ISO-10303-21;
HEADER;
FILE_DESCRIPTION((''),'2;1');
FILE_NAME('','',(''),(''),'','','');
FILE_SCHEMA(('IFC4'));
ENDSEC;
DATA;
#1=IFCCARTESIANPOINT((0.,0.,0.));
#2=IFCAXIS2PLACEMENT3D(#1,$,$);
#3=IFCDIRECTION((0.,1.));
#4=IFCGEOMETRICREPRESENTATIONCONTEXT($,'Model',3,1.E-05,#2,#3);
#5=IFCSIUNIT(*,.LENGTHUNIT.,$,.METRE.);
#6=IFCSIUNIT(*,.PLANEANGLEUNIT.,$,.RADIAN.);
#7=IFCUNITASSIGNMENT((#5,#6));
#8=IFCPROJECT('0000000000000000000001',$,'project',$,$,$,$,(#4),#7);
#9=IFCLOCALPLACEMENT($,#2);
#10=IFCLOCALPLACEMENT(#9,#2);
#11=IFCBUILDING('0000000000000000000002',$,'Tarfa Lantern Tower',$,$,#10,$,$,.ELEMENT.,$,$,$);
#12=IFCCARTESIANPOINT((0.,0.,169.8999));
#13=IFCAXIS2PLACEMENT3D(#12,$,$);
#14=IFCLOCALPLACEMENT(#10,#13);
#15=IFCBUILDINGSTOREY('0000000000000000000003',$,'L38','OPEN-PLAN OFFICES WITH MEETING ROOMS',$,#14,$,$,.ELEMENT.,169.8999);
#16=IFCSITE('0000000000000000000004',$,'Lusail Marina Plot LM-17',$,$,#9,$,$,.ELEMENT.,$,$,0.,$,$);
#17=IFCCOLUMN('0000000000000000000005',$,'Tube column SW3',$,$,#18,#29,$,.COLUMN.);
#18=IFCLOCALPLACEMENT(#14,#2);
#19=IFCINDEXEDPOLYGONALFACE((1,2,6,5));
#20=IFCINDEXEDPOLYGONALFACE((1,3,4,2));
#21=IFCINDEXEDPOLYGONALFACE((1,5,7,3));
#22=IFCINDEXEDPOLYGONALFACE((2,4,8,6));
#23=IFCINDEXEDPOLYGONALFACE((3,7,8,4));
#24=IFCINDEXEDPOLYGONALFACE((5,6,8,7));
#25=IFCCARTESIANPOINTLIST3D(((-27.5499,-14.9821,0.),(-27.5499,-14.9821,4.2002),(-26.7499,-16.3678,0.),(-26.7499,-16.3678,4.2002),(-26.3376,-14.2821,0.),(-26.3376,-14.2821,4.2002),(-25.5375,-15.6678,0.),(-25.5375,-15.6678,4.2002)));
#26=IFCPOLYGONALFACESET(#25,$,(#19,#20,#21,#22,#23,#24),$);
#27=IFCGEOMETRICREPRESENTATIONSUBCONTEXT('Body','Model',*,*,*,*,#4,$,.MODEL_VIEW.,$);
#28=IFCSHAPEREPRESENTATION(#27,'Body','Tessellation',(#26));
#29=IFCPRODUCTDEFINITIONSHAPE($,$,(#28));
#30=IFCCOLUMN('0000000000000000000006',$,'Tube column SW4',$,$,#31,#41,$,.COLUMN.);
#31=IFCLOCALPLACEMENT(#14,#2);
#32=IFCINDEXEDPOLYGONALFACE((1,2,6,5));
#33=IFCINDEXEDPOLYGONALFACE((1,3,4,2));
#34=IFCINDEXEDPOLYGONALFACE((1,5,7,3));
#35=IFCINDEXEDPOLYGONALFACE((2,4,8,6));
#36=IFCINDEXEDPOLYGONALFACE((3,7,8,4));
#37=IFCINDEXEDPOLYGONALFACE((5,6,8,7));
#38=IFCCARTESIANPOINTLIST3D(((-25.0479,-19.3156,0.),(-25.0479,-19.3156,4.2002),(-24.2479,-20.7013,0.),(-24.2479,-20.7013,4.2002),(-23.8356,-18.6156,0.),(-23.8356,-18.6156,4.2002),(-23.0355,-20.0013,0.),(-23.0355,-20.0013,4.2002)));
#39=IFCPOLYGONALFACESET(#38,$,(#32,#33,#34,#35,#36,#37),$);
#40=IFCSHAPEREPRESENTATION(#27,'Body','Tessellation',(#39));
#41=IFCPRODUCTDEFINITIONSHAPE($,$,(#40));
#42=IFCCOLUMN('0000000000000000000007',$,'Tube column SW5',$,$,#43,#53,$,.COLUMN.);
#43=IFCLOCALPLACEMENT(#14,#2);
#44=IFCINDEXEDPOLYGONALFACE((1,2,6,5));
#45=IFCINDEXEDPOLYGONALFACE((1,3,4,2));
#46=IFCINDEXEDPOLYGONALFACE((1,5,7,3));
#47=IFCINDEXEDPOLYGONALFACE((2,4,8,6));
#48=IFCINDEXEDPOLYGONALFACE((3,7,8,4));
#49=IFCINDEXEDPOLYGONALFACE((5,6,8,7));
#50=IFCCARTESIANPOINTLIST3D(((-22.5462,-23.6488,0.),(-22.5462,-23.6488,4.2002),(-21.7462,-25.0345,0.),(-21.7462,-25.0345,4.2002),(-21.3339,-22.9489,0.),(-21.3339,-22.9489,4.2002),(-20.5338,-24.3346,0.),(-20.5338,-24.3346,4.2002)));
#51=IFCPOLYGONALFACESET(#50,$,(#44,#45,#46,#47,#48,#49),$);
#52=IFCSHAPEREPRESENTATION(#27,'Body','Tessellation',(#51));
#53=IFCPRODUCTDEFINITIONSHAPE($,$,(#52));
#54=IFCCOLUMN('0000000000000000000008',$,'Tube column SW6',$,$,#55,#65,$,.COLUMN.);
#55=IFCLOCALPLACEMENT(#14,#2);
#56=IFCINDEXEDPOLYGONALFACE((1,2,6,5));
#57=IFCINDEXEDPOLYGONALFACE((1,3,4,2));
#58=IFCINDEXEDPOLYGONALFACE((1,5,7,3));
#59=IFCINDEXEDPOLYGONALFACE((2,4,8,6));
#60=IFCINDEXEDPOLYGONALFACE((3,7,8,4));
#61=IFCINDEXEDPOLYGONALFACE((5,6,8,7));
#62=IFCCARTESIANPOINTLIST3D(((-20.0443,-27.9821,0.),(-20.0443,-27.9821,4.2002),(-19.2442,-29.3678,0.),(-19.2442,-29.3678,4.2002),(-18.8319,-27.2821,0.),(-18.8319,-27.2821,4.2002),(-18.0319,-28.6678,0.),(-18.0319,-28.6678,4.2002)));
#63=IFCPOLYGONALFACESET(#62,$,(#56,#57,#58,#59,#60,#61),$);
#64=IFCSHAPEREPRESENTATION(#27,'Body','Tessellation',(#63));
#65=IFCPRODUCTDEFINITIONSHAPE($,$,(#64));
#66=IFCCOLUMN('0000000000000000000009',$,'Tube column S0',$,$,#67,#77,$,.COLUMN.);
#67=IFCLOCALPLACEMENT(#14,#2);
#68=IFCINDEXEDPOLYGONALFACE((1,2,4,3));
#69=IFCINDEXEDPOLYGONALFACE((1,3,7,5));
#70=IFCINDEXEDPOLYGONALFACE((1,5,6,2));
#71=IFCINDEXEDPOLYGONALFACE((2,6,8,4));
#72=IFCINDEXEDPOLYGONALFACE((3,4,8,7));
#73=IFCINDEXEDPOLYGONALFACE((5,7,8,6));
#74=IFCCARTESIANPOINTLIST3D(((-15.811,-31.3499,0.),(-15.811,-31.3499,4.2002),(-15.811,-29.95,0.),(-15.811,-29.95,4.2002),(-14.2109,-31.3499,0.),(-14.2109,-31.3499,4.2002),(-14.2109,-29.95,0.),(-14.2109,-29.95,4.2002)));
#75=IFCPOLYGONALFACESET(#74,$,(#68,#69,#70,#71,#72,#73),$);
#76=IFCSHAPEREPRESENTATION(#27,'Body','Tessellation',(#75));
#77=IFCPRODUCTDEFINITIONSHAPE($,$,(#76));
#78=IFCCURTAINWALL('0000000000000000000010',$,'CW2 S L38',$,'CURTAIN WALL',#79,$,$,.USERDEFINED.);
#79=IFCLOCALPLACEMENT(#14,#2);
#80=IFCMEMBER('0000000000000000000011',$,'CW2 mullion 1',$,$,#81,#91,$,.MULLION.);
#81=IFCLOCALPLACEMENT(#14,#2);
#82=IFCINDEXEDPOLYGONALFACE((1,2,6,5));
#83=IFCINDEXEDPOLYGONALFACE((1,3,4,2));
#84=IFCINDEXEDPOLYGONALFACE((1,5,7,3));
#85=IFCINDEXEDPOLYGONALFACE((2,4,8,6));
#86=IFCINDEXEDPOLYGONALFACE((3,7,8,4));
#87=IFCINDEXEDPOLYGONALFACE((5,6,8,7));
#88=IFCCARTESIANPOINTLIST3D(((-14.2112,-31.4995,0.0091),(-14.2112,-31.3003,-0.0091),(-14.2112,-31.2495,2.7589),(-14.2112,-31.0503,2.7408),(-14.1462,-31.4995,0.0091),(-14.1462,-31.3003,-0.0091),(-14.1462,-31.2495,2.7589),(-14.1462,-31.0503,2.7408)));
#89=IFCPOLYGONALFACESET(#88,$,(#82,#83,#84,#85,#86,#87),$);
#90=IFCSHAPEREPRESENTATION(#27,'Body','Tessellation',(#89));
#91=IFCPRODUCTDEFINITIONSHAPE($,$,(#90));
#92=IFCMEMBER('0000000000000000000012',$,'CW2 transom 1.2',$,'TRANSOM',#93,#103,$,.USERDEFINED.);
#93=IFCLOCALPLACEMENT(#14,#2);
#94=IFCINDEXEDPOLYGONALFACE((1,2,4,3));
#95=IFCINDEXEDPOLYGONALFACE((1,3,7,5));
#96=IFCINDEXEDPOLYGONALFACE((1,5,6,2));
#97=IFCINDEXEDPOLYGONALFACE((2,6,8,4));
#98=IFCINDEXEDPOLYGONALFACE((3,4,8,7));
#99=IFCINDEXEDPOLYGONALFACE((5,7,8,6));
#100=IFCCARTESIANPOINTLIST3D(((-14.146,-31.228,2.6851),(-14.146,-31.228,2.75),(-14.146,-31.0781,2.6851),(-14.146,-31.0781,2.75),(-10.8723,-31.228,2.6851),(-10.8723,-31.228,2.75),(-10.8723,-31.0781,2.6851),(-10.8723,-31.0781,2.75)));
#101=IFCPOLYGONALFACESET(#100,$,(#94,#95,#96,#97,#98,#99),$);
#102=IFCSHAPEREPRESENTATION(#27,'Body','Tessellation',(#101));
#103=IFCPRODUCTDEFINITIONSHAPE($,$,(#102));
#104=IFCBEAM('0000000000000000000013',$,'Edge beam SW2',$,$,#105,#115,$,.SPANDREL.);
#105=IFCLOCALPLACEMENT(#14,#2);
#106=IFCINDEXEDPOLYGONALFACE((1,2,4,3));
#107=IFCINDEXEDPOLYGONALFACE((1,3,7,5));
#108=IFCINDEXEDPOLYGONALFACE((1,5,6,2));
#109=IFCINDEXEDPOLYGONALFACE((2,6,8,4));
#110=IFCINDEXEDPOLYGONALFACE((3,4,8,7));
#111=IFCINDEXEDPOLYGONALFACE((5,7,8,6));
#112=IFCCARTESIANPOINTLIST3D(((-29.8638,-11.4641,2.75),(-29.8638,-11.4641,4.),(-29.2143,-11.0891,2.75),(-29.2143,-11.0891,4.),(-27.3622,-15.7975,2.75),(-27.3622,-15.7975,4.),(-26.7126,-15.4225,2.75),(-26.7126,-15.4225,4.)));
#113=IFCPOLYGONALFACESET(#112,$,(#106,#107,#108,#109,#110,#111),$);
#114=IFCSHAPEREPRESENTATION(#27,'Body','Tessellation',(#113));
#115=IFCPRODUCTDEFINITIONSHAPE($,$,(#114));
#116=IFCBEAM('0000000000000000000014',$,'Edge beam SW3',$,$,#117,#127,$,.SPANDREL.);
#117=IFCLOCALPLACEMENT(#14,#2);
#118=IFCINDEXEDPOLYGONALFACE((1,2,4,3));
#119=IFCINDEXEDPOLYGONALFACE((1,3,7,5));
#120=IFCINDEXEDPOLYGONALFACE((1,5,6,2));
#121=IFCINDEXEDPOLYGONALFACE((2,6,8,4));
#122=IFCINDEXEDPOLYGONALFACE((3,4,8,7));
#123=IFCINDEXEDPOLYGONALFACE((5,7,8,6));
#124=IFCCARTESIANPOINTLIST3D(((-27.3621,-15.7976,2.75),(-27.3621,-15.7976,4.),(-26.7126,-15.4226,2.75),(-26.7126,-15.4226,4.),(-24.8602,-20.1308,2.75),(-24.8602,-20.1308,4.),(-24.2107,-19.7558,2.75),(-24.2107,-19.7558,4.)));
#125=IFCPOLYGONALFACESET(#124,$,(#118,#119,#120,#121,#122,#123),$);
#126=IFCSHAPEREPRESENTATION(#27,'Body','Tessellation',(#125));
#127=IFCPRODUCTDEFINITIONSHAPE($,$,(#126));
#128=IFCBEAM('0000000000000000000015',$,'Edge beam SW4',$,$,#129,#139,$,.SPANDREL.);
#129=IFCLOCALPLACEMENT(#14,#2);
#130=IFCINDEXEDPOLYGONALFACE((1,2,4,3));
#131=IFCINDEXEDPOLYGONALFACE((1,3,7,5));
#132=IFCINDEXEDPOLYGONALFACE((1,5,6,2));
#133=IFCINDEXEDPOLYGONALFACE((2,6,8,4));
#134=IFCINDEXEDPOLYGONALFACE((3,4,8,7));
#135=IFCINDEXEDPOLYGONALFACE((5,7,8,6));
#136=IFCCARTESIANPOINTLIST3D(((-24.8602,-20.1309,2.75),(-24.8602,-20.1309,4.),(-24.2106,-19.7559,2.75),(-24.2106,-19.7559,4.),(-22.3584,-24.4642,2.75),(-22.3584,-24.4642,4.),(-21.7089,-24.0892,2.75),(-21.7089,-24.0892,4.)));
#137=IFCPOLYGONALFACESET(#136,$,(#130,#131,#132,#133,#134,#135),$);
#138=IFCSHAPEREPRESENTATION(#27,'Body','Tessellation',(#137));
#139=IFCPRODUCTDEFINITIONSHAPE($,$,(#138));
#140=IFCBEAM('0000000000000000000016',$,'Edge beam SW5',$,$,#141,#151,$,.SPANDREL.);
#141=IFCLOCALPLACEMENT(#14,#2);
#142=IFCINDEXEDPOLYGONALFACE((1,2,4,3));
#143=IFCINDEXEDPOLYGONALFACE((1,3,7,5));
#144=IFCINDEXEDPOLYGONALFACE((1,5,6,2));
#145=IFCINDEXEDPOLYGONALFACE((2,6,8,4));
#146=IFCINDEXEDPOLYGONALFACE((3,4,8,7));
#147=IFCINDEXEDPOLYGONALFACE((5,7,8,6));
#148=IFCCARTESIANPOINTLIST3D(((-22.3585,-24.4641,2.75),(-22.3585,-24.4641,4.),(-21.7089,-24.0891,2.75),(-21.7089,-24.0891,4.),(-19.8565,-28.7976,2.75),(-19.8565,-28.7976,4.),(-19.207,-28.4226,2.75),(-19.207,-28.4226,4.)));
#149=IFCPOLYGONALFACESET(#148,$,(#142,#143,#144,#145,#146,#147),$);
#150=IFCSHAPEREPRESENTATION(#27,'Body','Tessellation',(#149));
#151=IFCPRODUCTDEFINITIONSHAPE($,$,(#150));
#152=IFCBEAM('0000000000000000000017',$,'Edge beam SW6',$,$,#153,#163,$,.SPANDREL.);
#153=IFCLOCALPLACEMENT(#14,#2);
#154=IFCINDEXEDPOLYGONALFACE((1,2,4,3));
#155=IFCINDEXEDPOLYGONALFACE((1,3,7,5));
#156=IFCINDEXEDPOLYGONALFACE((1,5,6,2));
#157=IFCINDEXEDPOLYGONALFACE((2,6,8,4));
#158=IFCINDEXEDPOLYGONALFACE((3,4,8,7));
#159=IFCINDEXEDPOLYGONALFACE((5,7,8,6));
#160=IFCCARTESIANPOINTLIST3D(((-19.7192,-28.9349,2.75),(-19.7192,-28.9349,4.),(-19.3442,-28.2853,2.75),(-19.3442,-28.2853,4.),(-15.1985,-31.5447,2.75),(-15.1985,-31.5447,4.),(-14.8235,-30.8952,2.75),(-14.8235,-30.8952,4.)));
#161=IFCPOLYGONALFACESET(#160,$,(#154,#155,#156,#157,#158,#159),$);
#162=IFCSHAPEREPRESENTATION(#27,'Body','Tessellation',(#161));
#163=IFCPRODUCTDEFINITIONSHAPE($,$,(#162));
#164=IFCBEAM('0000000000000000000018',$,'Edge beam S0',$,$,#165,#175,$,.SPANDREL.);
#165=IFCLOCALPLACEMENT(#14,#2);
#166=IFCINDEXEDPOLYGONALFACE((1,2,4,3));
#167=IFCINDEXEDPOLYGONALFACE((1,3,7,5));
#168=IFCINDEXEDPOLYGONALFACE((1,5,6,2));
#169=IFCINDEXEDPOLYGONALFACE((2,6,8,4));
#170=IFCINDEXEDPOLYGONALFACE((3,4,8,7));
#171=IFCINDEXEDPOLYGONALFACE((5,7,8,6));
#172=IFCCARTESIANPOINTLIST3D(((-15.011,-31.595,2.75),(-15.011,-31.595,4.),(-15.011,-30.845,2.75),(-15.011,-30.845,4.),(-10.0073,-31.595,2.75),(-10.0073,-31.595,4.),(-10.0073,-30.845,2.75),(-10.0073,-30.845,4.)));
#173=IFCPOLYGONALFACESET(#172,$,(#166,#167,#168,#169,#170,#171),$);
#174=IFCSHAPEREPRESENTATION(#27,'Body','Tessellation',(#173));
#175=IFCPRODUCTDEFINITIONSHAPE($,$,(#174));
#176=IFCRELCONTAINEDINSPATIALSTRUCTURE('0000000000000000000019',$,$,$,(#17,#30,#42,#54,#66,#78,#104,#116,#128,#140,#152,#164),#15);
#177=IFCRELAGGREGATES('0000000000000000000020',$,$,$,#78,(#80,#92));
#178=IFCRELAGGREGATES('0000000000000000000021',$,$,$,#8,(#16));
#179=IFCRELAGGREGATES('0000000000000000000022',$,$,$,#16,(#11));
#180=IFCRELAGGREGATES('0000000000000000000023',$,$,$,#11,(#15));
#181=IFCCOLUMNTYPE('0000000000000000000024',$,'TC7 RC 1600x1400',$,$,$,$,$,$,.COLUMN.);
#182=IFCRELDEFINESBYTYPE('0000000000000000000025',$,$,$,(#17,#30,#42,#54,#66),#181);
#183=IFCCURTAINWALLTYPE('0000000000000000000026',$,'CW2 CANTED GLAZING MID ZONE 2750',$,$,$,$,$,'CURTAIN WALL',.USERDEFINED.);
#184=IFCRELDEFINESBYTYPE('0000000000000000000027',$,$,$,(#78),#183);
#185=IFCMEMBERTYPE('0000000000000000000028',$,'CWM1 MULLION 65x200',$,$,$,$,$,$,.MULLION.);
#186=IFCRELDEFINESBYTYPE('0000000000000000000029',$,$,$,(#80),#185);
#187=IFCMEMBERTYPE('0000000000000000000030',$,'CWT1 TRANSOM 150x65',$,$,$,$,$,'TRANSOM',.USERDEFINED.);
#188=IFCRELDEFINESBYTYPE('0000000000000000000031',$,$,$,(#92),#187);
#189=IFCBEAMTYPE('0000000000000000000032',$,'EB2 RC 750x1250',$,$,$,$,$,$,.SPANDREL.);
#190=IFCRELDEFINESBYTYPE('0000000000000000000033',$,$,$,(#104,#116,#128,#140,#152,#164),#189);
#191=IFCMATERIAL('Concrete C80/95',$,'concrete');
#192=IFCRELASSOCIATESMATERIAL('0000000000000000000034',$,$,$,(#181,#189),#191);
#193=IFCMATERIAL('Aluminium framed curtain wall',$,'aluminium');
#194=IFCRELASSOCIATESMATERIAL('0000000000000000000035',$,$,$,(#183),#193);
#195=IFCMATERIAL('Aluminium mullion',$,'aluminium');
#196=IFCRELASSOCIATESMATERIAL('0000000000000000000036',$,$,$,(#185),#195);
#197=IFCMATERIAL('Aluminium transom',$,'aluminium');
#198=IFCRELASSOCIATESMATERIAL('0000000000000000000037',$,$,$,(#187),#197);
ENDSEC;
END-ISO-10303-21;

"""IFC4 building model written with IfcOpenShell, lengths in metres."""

from ifc_helpers import new_model, si_unit, direction, frame, origin, origin_2d, place, context, subcontext, project, spatial, rectangle, extrude, material, material_profile, profile_set, type_object, element, aggregate, save


model = new_model("IFC4")

# Units and contexts
model_context = context("Model", 3, precision=1e-05, world=origin(), true_north=direction((0.0, 1.0)))
body_context = subcontext(model_context, "Body", "Model", "MODEL_VIEW")
ifc_project = project(units=[si_unit("LENGTHUNIT", "METRE"), si_unit("PLANEANGLEUNIT", "RADIAN")], contexts=[model_context])

# Site, building, storey
site_placement = place(None, origin())
site = spatial("IfcSite", under=ifc_project, at=site_placement, Name="Lusail Marina Plot LM-17", CompositionType="ELEMENT", RefElevation=0.0)
building_placement = place(site_placement, origin())
building = spatial("IfcBuilding", under=site, at=building_placement, Name="Tarfa Lantern Tower", CompositionType="ELEMENT")
storey_placement = place(building_placement, frame((0.0, 0.0, 169.8999)))
storey = spatial("IfcBuildingStorey", under=building, at=storey_placement, Name="L38", Description="OPEN-PLAN OFFICES WITH MEETING ROOMS", CompositionType="ELEMENT", Elevation=169.8999)

# Columns
ifc_material_1 = material(Name="Concrete C80/95", Category="concrete")
ifc_material_profile_1 = material_profile(ifc_material_1, rectangle(XDim=1.6001, YDim=1.3999, at=origin_2d()), Name="RC 1600x1400")
ifc_profile_set_1 = profile_set([ifc_material_profile_1], Name="Concrete C80/95")
column_type = type_object("IfcColumnType", Name="TC7 RC 1600x1400", PredefinedType="COLUMN", material=ifc_profile_set_1)
for number, where, z_axis, x_axis, name in (
    (1, (-26.5437, -15.325, 0.0), (0.0, 0.0, 1.0), (0.5, -0.866025, 0.0), "Tube column SW3"),
    (2, (-24.0417, -19.6584, 0.0), (0.0, 0.0, 1.0), (0.5, -0.866025, 0.0), "Tube column SW4"),
    (3, (-21.54, -23.9917, 0.0), (0.0, 0.0, 1.0), (0.5, -0.866025, 0.0), "Tube column SW5"),
    (4, (-19.0381, -28.325, 0.0), (0.0, 0.0, 1.0), (0.5, -0.866025, 0.0), "Tube column SW6"),
    (5, (-15.011, -30.6499, 0.0), (0.0, 0.0, 1.0), (1.0, 0.0, 0.0), "Tube column S0"),
):
    element("IfcColumn", number, at=place(storey_placement, frame(where, z_axis=z_axis, x_axis=x_axis)), inside=storey, type_object=column_type, Name=name, PredefinedType="COLUMN", context=body_context, shape_type="SweptSolid", body=[
        extrude(rectangle(XDim=1.6001, YDim=1.3999, at=origin_2d()), origin(), (0.0, 0.0, 1.0), 4.2002),
    ])

# Curtain wall, members
ifc_material_2 = material(Name="Aluminium framed curtain wall", Category="aluminium")
curtain_wall_type = type_object("IfcCurtainWallType", Name="CW2 CANTED GLAZING MID ZONE 2750", ElementType="CURTAIN WALL", PredefinedType="USERDEFINED", material=ifc_material_2)
curtain_wall_placement = place(storey_placement, origin())
curtain_wall = element("IfcCurtainWall", 6, at=curtain_wall_placement, inside=storey, type_object=curtain_wall_type, Name="CW2 S L38", ObjectType="CURTAIN WALL", PredefinedType="USERDEFINED")
ifc_material_3 = material(Name="Aluminium mullion", Category="aluminium")
ifc_material_profile_2 = material_profile(ifc_material_3, rectangle(XDim=0.0649, YDim=0.2, at=origin_2d()), Name="AL MULLION 65x200")
ifc_profile_set_2 = profile_set([ifc_material_profile_2], Name="Aluminium mullion")
member_type_1 = type_object("IfcMemberType", Name="CWM1 MULLION 65x200", PredefinedType="MULLION", material=ifc_profile_set_2)
member_1_placement = place(storey_placement, frame((-14.1787, -31.3999, 0.0), z_axis=(0.0, 0.090536, 0.995893), x_axis=(-1.0, 0.0, 0.0)))
member_1 = element("IfcMember", 7, at=member_1_placement, type_object=member_type_1, Name="CW2 mullion 1", PredefinedType="MULLION", context=body_context, shape_type="SweptSolid", body=[
    extrude(rectangle(XDim=0.0649, YDim=0.2, at=origin_2d()), origin(), (0.0, 0.0, 1.0), 2.7612),
])
ifc_material_4 = material(Name="Aluminium transom", Category="aluminium")
ifc_material_profile_3 = material_profile(ifc_material_4, rectangle(XDim=0.1499, YDim=0.0649, at=origin_2d()), Name="AL TRANSOM 150x65")
ifc_profile_set_3 = profile_set([ifc_material_profile_3], Name="Aluminium transom")
member_type_2 = type_object("IfcMemberType", Name="CWT1 TRANSOM 150x65", ElementType="TRANSOM", PredefinedType="USERDEFINED", material=ifc_profile_set_3)
member_2_placement = place(storey_placement, frame((-14.146, -31.1531, 2.7175), z_axis=(1.0, 0.0, 0.0), x_axis=(0.0, 1.0, 0.0)))
member_2 = element("IfcMember", 8, at=member_2_placement, type_object=member_type_2, Name="CW2 transom 1.2", ObjectType="TRANSOM", PredefinedType="USERDEFINED", context=body_context, shape_type="SweptSolid", body=[
    extrude(rectangle(XDim=0.1499, YDim=0.0649, at=origin_2d()), origin(), (0.0, 0.0, 1.0), 3.2737),
])

# Beams
ifc_material_profile_4 = material_profile(ifc_material_1, rectangle(XDim=0.75, YDim=1.25, at=origin_2d()), Name="RC 750x1250")
ifc_profile_set_4 = profile_set([ifc_material_profile_4], Name="Concrete C80/95")
beam_type_1 = type_object("IfcBeamType", Name="EB2 RC 750x1250", PredefinedType="SPANDREL", material=ifc_profile_set_4)
for number, where, z_axis, x_axis, name in (
    (9, (-29.5391, -11.2766, 3.375), (0.499965, -0.866046, 0.0), (0.866046, 0.499965, 0.0), "Edge beam SW2"),
    (10, (-27.0374, -15.6101, 3.375), (0.500022, -0.866013, 0.0), (0.866013, 0.500022, 0.0), "Edge beam SW3"),
    (11, (-24.5354, -19.9434, 3.375), (0.499986, -0.866034, 0.0), (0.866034, 0.499986, 0.0), "Edge beam SW4"),
):
    element("IfcBeam", number, at=place(storey_placement, frame(where, z_axis=z_axis, x_axis=x_axis)), inside=storey, type_object=beam_type_1, Name=name, PredefinedType="SPANDREL", context=body_context, shape_type="SweptSolid", body=[
        extrude(rectangle(XDim=0.75, YDim=1.25, at=origin_2d()), origin(), (0.0, 0.0, 1.0), 5.0037),
    ])
beam_1_placement = place(storey_placement, frame((-22.0337, -24.2766, 3.375), z_axis=(0.500001, -0.866025, 0.0), x_axis=(0.866025, 0.500001, 0.0)))
element("IfcBeam", 12, at=beam_1_placement, inside=storey, type_object=beam_type_1, Name="Edge beam SW5", PredefinedType="SPANDREL", context=body_context, shape_type="SweptSolid", body=[
    extrude(rectangle(XDim=0.75, YDim=1.25, at=origin_2d()), origin(), (0.0, 0.0, 1.0), 5.0039),
])
beam_2_placement = place(storey_placement, frame((-19.5317, -28.6101, 3.375), z_axis=(0.866042, -0.499972, 0.0), x_axis=(0.499972, 0.866042, 0.0)))
element("IfcBeam", 13, at=beam_2_placement, inside=storey, type_object=beam_type_1, Name="Edge beam SW6", PredefinedType="SPANDREL", context=body_context, shape_type="SweptSolid", body=[
    extrude(rectangle(XDim=0.75, YDim=1.25, at=origin_2d()), origin(), (0.0, 0.0, 1.0), 5.22),
])
beam_3_placement = place(storey_placement, frame((-15.011, -31.22, 3.375), z_axis=(1.0, 0.0, 0.0), x_axis=(0.0, 1.0, 0.0)))
element("IfcBeam", 14, at=beam_3_placement, inside=storey, type_object=beam_type_1, Name="Edge beam S0", PredefinedType="SPANDREL", context=body_context, shape_type="SweptSolid", body=[
    extrude(rectangle(XDim=0.75, YDim=1.25, at=origin_2d()), origin(), (0.0, 0.0, 1.0), 5.0037),
])

aggregate(curtain_wall, [member_1, member_2])

save(model, "model.ifc")
